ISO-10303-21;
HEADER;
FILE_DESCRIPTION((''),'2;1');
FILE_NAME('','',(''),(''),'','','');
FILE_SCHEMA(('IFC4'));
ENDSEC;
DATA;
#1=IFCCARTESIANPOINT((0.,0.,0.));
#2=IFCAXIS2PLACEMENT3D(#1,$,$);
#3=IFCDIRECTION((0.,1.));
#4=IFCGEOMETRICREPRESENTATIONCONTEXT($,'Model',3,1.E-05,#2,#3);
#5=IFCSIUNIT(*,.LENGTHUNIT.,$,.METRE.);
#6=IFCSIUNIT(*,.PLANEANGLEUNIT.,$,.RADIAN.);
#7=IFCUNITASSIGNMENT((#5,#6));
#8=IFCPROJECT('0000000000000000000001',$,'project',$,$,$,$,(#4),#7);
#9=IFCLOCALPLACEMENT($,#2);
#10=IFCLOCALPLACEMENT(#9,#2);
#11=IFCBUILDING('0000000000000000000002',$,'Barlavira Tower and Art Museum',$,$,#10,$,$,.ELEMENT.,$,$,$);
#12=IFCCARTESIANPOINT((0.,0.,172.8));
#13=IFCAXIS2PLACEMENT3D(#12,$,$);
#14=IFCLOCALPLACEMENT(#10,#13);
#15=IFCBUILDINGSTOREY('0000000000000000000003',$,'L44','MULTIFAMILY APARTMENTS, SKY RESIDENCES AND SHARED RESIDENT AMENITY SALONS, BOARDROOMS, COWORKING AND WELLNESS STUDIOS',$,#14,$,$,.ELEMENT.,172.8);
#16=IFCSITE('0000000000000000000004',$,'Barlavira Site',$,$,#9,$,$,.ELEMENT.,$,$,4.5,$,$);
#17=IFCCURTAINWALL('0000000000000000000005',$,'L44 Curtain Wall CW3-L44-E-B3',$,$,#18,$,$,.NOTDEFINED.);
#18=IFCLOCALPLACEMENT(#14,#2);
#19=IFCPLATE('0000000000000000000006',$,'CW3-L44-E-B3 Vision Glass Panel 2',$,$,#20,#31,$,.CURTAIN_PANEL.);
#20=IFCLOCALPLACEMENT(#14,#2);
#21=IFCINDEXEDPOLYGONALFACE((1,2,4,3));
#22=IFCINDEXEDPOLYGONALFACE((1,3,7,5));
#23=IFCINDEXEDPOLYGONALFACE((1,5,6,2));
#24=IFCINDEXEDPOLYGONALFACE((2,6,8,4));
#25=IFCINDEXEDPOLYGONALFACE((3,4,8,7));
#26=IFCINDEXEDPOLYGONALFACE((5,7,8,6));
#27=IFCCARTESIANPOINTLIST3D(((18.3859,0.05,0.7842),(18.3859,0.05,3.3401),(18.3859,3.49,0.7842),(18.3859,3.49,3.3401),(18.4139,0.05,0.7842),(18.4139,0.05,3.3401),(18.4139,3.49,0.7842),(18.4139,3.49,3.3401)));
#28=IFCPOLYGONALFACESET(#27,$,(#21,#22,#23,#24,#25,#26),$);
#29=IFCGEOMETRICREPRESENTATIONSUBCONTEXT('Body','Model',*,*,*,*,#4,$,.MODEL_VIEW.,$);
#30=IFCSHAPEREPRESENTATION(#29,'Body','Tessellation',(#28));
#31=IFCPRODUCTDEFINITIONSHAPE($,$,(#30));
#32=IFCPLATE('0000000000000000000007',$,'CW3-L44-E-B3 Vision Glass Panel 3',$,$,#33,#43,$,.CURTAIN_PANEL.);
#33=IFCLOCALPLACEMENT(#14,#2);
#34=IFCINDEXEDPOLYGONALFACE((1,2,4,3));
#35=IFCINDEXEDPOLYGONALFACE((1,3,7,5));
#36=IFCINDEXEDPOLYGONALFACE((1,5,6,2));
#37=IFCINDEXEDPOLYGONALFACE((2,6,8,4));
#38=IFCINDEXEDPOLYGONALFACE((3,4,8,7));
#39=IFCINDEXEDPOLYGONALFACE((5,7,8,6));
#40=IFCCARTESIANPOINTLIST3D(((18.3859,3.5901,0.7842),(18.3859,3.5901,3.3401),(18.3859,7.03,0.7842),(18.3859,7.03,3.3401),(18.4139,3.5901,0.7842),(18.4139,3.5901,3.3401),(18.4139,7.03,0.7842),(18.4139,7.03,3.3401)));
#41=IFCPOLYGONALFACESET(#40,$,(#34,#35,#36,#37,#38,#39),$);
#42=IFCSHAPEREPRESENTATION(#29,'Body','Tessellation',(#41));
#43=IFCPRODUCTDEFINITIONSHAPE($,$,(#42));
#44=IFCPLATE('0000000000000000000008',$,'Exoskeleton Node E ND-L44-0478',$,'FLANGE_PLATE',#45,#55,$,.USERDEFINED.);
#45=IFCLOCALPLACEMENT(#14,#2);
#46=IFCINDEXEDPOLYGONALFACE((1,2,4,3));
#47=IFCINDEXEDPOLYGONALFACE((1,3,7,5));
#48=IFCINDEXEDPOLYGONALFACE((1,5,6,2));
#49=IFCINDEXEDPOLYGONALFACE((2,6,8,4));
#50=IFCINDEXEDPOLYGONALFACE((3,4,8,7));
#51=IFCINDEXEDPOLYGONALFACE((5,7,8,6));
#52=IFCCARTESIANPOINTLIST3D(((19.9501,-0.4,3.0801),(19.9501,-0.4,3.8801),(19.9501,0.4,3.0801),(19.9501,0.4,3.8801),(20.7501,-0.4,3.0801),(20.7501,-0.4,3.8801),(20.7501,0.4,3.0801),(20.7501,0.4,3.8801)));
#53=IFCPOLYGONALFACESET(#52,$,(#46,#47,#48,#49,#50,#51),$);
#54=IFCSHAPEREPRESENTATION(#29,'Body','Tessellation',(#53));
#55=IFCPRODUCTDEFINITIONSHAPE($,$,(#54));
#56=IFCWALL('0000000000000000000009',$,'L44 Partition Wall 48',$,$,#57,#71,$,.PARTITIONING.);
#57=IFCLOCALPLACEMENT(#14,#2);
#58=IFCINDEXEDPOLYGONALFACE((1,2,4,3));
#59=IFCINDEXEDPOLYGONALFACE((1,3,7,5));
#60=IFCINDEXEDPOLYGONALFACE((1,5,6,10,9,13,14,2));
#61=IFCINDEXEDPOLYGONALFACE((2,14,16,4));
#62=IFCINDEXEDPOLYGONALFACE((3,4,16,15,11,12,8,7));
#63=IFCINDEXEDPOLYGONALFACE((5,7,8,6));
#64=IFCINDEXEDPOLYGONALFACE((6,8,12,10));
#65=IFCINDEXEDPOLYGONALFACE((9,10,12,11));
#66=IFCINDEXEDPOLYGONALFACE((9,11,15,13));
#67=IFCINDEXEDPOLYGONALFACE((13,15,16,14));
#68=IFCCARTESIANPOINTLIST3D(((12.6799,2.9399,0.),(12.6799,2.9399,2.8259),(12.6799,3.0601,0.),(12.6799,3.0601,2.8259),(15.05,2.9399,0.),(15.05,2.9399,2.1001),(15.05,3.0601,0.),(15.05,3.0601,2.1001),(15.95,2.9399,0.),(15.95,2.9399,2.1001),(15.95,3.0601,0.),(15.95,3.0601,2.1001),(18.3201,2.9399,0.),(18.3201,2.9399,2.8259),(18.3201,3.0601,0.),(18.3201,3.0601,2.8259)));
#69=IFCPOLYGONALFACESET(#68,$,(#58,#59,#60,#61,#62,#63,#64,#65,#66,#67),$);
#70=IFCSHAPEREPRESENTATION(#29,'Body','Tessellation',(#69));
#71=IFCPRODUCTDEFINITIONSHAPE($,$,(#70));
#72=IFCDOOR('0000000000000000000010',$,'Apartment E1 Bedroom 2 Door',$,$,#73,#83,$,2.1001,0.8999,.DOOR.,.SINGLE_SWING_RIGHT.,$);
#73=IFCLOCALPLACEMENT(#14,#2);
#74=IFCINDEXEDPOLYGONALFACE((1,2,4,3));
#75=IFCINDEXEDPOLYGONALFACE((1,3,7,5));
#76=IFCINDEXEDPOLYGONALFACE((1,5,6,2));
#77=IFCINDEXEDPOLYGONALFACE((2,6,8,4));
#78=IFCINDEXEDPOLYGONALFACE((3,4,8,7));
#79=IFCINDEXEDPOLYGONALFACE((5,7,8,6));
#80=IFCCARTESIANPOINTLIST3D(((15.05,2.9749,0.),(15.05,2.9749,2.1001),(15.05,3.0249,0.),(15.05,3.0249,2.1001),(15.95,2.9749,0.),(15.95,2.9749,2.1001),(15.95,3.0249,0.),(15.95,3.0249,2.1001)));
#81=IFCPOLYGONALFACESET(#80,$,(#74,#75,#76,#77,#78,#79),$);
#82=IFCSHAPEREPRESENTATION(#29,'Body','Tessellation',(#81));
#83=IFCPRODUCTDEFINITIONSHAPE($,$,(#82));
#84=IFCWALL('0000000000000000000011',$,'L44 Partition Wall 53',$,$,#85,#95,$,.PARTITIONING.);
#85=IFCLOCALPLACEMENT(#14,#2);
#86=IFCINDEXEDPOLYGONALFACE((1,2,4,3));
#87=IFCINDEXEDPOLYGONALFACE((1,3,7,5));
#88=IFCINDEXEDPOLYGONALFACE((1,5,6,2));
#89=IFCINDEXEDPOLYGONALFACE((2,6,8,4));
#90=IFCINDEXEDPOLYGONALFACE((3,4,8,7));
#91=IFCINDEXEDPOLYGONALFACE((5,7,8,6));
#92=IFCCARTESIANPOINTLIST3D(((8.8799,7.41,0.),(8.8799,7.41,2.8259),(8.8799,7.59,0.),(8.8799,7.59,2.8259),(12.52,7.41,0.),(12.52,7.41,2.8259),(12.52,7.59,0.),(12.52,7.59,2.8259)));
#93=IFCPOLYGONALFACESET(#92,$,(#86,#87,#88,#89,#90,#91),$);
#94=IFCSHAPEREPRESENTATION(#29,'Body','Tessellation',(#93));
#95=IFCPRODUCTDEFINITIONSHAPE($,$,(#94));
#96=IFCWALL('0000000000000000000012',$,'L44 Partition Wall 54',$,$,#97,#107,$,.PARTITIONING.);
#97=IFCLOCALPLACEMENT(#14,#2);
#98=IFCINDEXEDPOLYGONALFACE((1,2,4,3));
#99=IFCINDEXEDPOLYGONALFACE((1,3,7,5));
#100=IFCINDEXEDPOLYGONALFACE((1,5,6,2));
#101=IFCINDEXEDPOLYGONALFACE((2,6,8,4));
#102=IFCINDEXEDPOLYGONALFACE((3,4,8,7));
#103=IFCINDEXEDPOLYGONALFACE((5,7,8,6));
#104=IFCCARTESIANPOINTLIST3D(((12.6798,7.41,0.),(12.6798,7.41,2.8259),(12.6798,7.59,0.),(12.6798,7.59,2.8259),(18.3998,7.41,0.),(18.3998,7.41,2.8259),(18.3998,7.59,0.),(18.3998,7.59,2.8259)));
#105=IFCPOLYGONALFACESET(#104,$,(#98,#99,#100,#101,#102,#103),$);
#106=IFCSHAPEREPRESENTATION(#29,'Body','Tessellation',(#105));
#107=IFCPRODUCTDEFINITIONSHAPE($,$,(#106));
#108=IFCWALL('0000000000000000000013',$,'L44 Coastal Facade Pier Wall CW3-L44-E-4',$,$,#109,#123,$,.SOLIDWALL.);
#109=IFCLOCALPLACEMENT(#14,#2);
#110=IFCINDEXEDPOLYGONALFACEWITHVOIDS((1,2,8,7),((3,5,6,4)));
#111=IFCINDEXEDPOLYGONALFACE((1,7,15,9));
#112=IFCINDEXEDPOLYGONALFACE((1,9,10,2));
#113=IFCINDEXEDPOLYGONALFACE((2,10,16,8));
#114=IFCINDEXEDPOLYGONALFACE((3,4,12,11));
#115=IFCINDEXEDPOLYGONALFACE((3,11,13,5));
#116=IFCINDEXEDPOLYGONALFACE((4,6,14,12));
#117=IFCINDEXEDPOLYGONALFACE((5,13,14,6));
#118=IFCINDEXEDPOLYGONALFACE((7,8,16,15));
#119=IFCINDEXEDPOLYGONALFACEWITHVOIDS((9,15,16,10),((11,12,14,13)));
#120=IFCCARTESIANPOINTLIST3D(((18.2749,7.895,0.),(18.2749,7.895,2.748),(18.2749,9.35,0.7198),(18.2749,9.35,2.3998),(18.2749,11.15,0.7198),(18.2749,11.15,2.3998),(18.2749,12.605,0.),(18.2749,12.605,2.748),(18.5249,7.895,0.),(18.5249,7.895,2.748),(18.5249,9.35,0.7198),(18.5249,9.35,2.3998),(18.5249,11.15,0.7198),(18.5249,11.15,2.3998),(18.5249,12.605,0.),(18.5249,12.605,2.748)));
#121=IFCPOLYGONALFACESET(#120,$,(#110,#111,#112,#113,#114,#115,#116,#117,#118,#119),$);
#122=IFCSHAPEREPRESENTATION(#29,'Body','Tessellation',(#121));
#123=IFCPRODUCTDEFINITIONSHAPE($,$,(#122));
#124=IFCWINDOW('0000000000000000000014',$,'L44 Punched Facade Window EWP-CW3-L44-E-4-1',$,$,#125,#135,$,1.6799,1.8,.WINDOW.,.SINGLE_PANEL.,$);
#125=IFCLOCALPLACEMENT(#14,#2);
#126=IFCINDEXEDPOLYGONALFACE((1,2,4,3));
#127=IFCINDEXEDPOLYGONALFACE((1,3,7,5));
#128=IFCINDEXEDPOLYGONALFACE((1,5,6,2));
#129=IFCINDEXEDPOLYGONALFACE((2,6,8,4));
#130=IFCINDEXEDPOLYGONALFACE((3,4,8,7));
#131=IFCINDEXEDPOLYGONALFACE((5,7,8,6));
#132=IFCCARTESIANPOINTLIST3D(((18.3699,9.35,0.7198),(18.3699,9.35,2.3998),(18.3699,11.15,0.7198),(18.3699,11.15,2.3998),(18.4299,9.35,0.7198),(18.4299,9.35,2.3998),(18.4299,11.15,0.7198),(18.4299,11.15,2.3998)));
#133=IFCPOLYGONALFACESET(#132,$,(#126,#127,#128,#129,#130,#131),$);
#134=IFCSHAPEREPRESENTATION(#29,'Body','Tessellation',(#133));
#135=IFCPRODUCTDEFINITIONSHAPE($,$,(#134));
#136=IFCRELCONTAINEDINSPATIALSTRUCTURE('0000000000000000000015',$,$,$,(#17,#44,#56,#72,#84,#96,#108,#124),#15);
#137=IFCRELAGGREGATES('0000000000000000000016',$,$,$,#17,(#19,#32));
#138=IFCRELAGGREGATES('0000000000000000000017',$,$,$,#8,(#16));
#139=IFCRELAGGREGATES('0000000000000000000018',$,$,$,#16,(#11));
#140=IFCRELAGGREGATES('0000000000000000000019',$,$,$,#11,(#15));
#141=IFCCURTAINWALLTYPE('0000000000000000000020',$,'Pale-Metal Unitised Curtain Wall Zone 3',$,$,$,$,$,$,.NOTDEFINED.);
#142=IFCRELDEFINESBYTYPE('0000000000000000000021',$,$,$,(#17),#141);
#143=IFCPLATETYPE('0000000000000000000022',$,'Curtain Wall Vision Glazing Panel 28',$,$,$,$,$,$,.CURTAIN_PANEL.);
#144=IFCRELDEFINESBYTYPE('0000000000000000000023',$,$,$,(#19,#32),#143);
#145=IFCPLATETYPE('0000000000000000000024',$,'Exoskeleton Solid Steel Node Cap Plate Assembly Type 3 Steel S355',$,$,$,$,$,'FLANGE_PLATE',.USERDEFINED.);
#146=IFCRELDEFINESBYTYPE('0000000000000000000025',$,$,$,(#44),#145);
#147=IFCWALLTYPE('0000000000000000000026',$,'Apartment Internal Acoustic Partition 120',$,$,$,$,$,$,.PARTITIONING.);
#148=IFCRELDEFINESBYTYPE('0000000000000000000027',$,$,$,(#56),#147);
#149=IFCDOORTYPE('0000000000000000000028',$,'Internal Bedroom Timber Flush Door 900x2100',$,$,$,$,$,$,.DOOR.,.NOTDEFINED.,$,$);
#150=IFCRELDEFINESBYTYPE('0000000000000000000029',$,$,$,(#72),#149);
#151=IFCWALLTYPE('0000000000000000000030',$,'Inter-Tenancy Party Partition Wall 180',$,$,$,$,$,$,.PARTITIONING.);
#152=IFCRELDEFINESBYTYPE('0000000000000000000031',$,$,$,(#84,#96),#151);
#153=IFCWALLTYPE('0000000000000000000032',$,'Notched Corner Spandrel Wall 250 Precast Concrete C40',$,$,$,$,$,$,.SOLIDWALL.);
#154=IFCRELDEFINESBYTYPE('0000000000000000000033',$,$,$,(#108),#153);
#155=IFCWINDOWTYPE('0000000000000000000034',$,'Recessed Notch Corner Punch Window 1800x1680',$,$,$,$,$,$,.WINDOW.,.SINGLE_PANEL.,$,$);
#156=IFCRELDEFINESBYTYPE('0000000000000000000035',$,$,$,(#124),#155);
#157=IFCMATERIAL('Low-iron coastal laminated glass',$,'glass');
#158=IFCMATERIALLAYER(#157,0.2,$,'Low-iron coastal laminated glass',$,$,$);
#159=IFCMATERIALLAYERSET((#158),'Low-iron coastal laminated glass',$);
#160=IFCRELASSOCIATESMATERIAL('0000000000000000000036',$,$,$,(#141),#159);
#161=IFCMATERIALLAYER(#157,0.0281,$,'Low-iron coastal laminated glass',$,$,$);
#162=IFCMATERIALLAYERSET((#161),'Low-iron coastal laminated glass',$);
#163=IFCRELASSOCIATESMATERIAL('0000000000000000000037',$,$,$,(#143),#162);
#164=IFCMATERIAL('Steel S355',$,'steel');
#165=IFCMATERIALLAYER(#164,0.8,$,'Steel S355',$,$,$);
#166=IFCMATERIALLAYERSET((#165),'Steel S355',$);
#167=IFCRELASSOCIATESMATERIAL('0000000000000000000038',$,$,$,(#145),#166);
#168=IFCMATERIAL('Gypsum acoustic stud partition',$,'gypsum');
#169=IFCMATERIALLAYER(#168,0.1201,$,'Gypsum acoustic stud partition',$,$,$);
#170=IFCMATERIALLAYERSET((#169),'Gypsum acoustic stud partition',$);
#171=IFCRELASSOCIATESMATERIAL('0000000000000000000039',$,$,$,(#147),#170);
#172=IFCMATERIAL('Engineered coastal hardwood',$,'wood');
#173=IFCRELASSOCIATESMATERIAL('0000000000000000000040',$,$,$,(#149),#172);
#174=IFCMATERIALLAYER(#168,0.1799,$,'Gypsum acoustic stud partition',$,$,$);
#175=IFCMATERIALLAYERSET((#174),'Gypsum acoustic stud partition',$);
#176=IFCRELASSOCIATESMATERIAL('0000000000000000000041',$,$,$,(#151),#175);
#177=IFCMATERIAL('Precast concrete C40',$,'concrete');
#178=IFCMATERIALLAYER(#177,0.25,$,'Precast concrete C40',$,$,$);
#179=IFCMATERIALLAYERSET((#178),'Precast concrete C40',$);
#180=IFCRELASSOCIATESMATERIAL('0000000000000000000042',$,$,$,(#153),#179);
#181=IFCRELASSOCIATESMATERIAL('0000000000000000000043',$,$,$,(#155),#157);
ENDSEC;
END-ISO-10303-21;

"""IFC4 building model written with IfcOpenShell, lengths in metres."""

from ifc_helpers import new_model, si_unit, direction, frame, frame_2d, origin, origin_2d, place, context, subcontext, project, spatial, rectangle, extrude, material, layer, layer_set, type_object, element, fill, aggregate, save


model = new_model("IFC4")

# Units and contexts
model_context = context("Model", 3, precision=1e-05, world=origin(), true_north=direction((0.0, 1.0)))
body_context = subcontext(model_context, "Body", "Model", "MODEL_VIEW")
ifc_project = project(units=[si_unit("LENGTHUNIT", "METRE"), si_unit("PLANEANGLEUNIT", "RADIAN")], contexts=[model_context])

# Site, building, storey
site_placement = place(None, origin())
site = spatial("IfcSite", under=ifc_project, at=site_placement, Name="Barlavira Site", CompositionType="ELEMENT", RefElevation=4.5)
building_placement = place(site_placement, origin())
building = spatial("IfcBuilding", under=site, at=building_placement, Name="Barlavira Tower and Art Museum", CompositionType="ELEMENT")
storey_placement = place(building_placement, frame((0.0, 0.0, 172.8)))
storey = spatial("IfcBuildingStorey", under=building, at=storey_placement, Name="L44", Description="MULTIFAMILY APARTMENTS, SKY RESIDENCES AND SHARED RESIDENT AMENITY SALONS, BOARDROOMS, COWORKING AND WELLNESS STUDIOS", CompositionType="ELEMENT", Elevation=172.8)

# Curtain wall
ifc_material_1 = material(Name="Low-iron coastal laminated glass", Category="glass")
ifc_layer_1 = layer(ifc_material_1, 0.2, Name="Low-iron coastal laminated glass")
ifc_layer_set_1 = layer_set([ifc_layer_1], Name="Low-iron coastal laminated glass")
curtain_wall_type = type_object("IfcCurtainWallType", Name="Pale-Metal Unitised Curtain Wall Zone 3", PredefinedType="NOTDEFINED", material=ifc_layer_set_1)
curtain_wall_placement = place(storey_placement, origin())
curtain_wall = element("IfcCurtainWall", 1, at=curtain_wall_placement, inside=storey, type_object=curtain_wall_type, Name="L44 Curtain Wall CW3-L44-E-B3", PredefinedType="NOTDEFINED")

# Shared definitions
ifc_material_2 = material(Name="Steel S355", Category="steel")

# Plates
ifc_layer_2 = layer(ifc_material_1, 0.0281, Name="Low-iron coastal laminated glass")
ifc_layer_set_2 = layer_set([ifc_layer_2], Name="Low-iron coastal laminated glass")
plate_type_1 = type_object("IfcPlateType", Name="Curtain Wall Vision Glazing Panel 28", PredefinedType="CURTAIN_PANEL", material=ifc_layer_set_2)
plate_1_placement = place(storey_placement, frame((18.3999, 1.77, 0.7842), z_axis=(0.0, 0.0, 1.0), x_axis=(0.0, 1.0, 0.0)))
plate_1 = element("IfcPlate", 2, at=plate_1_placement, type_object=plate_type_1, Name="CW3-L44-E-B3 Vision Glass Panel 2", PredefinedType="CURTAIN_PANEL", context=body_context, shape_type="SweptSolid", body=[
    extrude(rectangle(XDim=3.4399, YDim=0.0281, at=origin_2d()), origin(), (0.0, 0.0, 1.0), 2.5559),
])
plate_2_placement = place(storey_placement, frame((18.3999, 5.3101, 0.7842), z_axis=(0.0, 0.0, 1.0), x_axis=(0.0, 1.0, 0.0)))
plate_2 = element("IfcPlate", 3, at=plate_2_placement, type_object=plate_type_1, Name="CW3-L44-E-B3 Vision Glass Panel 3", PredefinedType="CURTAIN_PANEL", context=body_context, shape_type="SweptSolid", body=[
    extrude(rectangle(XDim=3.4399, YDim=0.0281, at=origin_2d()), origin(), (0.0, 0.0, 1.0), 2.5559),
])
aggregate(curtain_wall, [plate_1, plate_2])
ifc_layer_3 = layer(ifc_material_2, 0.8, Name="Steel S355")
ifc_layer_set_3 = layer_set([ifc_layer_3], Name="Steel S355")
plate_type_2 = type_object("IfcPlateType", Name="Exoskeleton Solid Steel Node Cap Plate Assembly Type 3 Steel S355", ElementType="FLANGE_PLATE", PredefinedType="USERDEFINED", material=ifc_layer_set_3)
plate_3_placement = place(storey_placement, frame((20.3501, 0.0, 3.0801), z_axis=(0.0, 0.0, 1.0), x_axis=(1.0, 0.0, 0.0)))
element("IfcPlate", 4, at=plate_3_placement, inside=storey, type_object=plate_type_2, Name="Exoskeleton Node E ND-L44-0478", ObjectType="FLANGE_PLATE", PredefinedType="USERDEFINED", context=body_context, shape_type="SweptSolid", body=[
    extrude(rectangle(XDim=0.8, YDim=0.8, at=origin_2d()), origin(), (0.0, 0.0, 1.0), 0.8),
])

# Wall, opening, door
ifc_material_3 = material(Name="Gypsum acoustic stud partition", Category="gypsum")
ifc_layer_4 = layer(ifc_material_3, 0.1201, Name="Gypsum acoustic stud partition")
ifc_layer_set_4 = layer_set([ifc_layer_4], Name="Gypsum acoustic stud partition")
wall_type_1 = type_object("IfcWallType", Name="Apartment Internal Acoustic Partition 120", PredefinedType="PARTITIONING", material=ifc_layer_set_4)
wall_1_placement = place(storey_placement, frame((12.6799, 3.0, 0.0), z_axis=(0.0, 0.0, 1.0), x_axis=(1.0, 0.0, 0.0)))
wall_1 = element("IfcWall", 5, at=wall_1_placement, inside=storey, type_object=wall_type_1, Name="L44 Partition Wall 48", PredefinedType="PARTITIONING", context=body_context, shape_type="SweptSolid", body=[
    extrude(rectangle(XDim=5.6401, YDim=0.1201, at=frame_2d((2.8201, 0.0))), origin(), (0.0, 0.0, 1.0), 2.8259),
])
opening_1_placement = place(wall_1_placement, frame((2.3701, 0.0, 0.0)))
opening_1 = element("IfcOpeningElement", 6, at=opening_1_placement, cuts=wall_1, PredefinedType="OPENING", context=body_context, shape_type="SweptSolid", body=[
    extrude(rectangle(XDim=0.8999, YDim=2.1001, at=frame_2d((0.45, 1.05))), frame((0.0, 0.0701, 0.0), z_axis=(0.0, -1.0, 0.0), x_axis=(1.0, 0.0, 0.0)), (0.0, 0.0, 1.0), 0.1401),
])
ifc_material_4 = material(Name="Engineered coastal hardwood", Category="wood")
door_type = type_object("IfcDoorType", Name="Internal Bedroom Timber Flush Door 900x2100", OperationType="NOTDEFINED", PredefinedType="DOOR", material=ifc_material_4)
door_placement = place(opening_1_placement, origin())
door = element("IfcDoor", 7, at=door_placement, inside=storey, type_object=door_type, Name="Apartment E1 Bedroom 2 Door", OperationType="SINGLE_SWING_RIGHT", OverallHeight=2.1001, OverallWidth=0.8999, PredefinedType="DOOR", context=body_context, shape_type="SweptSolid", body=[
    extrude(rectangle(XDim=0.8999, YDim=2.1001, at=frame_2d((0.45, 1.05))), frame((0.0, 0.0249, 0.0), z_axis=(0.0, -1.0, 0.0), x_axis=(1.0, 0.0, 0.0)), (0.0, 0.0, 1.0), 0.05),
])
fill(opening_1, door)

# Walls
ifc_layer_5 = layer(ifc_material_3, 0.1799, Name="Gypsum acoustic stud partition")
ifc_layer_set_5 = layer_set([ifc_layer_5], Name="Gypsum acoustic stud partition")
wall_type_2 = type_object("IfcWallType", Name="Inter-Tenancy Party Partition Wall 180", PredefinedType="PARTITIONING", material=ifc_layer_set_5)
wall_2_placement = place(storey_placement, frame((8.8799, 7.5, 0.0), z_axis=(0.0, 0.0, 1.0), x_axis=(1.0, 0.0, 0.0)))
element("IfcWall", 8, at=wall_2_placement, inside=storey, type_object=wall_type_2, Name="L44 Partition Wall 53", PredefinedType="PARTITIONING", context=body_context, shape_type="SweptSolid", body=[
    extrude(rectangle(XDim=3.6401, YDim=0.1799, at=frame_2d((1.8201, 0.0))), origin(), (0.0, 0.0, 1.0), 2.8259),
])
wall_3_placement = place(storey_placement, frame((12.6799, 7.5, 0.0), z_axis=(0.0, 0.0, 1.0), x_axis=(1.0, 0.0, 0.0)))
element("IfcWall", 9, at=wall_3_placement, inside=storey, type_object=wall_type_2, Name="L44 Partition Wall 54", PredefinedType="PARTITIONING", context=body_context, shape_type="SweptSolid", body=[
    extrude(rectangle(XDim=5.72, YDim=0.1799, at=frame_2d((2.8599, 0.0))), origin(), (0.0, 0.0, 1.0), 2.8259),
])

# Wall, opening, window
ifc_material_5 = material(Name="Precast concrete C40", Category="concrete")
ifc_layer_6 = layer(ifc_material_5, 0.25, Name="Precast concrete C40")
ifc_layer_set_6 = layer_set([ifc_layer_6], Name="Precast concrete C40")
wall_type_3 = type_object("IfcWallType", Name="Notched Corner Spandrel Wall 250 Precast Concrete C40", PredefinedType="SOLIDWALL", material=ifc_layer_set_6)
wall_4_placement = place(storey_placement, frame((18.3999, 7.895, 0.0), z_axis=(0.0, 0.0, 1.0), x_axis=(0.0, 1.0, 0.0)))
wall_4 = element("IfcWall", 10, at=wall_4_placement, inside=storey, type_object=wall_type_3, Name="L44 Coastal Facade Pier Wall CW3-L44-E-4", PredefinedType="SOLIDWALL", context=body_context, shape_type="SweptSolid", body=[
    extrude(rectangle(XDim=4.71, YDim=0.25, at=frame_2d((2.355, 0.0))), origin(), (0.0, 0.0, 1.0), 2.748),
])
opening_2_placement = place(wall_4_placement, frame((1.4551, 0.0, 0.72)))
opening_2 = element("IfcOpeningElement", 11, at=opening_2_placement, cuts=wall_4, PredefinedType="OPENING", context=body_context, shape_type="SweptSolid", body=[
    extrude(rectangle(XDim=1.8, YDim=1.6799, at=frame_2d((0.8999, 0.8398))), frame((0.0, 0.135, 0.0), z_axis=(0.0, -1.0, 0.0), x_axis=(1.0, 0.0, 0.0)), (0.0, 0.0, 1.0), 0.27),
])
window_type = type_object("IfcWindowType", Name="Recessed Notch Corner Punch Window 1800x1680", PartitioningType="SINGLE_PANEL", PredefinedType="WINDOW", material=ifc_material_1)
window_placement = place(opening_2_placement, origin())
window = element("IfcWindow", 12, at=window_placement, inside=storey, type_object=window_type, Name="L44 Punched Facade Window EWP-CW3-L44-E-4-1", OverallHeight=1.6799, OverallWidth=1.8, PartitioningType="SINGLE_PANEL", PredefinedType="WINDOW", context=body_context, shape_type="SweptSolid", body=[
    extrude(rectangle(XDim=1.8, YDim=1.6799, at=frame_2d((0.8999, 0.8398))), frame((0.0, 0.03, 0.0), z_axis=(0.0, -1.0, 0.0), x_axis=(1.0, 0.0, 0.0)), (0.0, 0.0, 1.0), 0.0601),
])
fill(opening_2, window)

save(model, "model.ifc")
